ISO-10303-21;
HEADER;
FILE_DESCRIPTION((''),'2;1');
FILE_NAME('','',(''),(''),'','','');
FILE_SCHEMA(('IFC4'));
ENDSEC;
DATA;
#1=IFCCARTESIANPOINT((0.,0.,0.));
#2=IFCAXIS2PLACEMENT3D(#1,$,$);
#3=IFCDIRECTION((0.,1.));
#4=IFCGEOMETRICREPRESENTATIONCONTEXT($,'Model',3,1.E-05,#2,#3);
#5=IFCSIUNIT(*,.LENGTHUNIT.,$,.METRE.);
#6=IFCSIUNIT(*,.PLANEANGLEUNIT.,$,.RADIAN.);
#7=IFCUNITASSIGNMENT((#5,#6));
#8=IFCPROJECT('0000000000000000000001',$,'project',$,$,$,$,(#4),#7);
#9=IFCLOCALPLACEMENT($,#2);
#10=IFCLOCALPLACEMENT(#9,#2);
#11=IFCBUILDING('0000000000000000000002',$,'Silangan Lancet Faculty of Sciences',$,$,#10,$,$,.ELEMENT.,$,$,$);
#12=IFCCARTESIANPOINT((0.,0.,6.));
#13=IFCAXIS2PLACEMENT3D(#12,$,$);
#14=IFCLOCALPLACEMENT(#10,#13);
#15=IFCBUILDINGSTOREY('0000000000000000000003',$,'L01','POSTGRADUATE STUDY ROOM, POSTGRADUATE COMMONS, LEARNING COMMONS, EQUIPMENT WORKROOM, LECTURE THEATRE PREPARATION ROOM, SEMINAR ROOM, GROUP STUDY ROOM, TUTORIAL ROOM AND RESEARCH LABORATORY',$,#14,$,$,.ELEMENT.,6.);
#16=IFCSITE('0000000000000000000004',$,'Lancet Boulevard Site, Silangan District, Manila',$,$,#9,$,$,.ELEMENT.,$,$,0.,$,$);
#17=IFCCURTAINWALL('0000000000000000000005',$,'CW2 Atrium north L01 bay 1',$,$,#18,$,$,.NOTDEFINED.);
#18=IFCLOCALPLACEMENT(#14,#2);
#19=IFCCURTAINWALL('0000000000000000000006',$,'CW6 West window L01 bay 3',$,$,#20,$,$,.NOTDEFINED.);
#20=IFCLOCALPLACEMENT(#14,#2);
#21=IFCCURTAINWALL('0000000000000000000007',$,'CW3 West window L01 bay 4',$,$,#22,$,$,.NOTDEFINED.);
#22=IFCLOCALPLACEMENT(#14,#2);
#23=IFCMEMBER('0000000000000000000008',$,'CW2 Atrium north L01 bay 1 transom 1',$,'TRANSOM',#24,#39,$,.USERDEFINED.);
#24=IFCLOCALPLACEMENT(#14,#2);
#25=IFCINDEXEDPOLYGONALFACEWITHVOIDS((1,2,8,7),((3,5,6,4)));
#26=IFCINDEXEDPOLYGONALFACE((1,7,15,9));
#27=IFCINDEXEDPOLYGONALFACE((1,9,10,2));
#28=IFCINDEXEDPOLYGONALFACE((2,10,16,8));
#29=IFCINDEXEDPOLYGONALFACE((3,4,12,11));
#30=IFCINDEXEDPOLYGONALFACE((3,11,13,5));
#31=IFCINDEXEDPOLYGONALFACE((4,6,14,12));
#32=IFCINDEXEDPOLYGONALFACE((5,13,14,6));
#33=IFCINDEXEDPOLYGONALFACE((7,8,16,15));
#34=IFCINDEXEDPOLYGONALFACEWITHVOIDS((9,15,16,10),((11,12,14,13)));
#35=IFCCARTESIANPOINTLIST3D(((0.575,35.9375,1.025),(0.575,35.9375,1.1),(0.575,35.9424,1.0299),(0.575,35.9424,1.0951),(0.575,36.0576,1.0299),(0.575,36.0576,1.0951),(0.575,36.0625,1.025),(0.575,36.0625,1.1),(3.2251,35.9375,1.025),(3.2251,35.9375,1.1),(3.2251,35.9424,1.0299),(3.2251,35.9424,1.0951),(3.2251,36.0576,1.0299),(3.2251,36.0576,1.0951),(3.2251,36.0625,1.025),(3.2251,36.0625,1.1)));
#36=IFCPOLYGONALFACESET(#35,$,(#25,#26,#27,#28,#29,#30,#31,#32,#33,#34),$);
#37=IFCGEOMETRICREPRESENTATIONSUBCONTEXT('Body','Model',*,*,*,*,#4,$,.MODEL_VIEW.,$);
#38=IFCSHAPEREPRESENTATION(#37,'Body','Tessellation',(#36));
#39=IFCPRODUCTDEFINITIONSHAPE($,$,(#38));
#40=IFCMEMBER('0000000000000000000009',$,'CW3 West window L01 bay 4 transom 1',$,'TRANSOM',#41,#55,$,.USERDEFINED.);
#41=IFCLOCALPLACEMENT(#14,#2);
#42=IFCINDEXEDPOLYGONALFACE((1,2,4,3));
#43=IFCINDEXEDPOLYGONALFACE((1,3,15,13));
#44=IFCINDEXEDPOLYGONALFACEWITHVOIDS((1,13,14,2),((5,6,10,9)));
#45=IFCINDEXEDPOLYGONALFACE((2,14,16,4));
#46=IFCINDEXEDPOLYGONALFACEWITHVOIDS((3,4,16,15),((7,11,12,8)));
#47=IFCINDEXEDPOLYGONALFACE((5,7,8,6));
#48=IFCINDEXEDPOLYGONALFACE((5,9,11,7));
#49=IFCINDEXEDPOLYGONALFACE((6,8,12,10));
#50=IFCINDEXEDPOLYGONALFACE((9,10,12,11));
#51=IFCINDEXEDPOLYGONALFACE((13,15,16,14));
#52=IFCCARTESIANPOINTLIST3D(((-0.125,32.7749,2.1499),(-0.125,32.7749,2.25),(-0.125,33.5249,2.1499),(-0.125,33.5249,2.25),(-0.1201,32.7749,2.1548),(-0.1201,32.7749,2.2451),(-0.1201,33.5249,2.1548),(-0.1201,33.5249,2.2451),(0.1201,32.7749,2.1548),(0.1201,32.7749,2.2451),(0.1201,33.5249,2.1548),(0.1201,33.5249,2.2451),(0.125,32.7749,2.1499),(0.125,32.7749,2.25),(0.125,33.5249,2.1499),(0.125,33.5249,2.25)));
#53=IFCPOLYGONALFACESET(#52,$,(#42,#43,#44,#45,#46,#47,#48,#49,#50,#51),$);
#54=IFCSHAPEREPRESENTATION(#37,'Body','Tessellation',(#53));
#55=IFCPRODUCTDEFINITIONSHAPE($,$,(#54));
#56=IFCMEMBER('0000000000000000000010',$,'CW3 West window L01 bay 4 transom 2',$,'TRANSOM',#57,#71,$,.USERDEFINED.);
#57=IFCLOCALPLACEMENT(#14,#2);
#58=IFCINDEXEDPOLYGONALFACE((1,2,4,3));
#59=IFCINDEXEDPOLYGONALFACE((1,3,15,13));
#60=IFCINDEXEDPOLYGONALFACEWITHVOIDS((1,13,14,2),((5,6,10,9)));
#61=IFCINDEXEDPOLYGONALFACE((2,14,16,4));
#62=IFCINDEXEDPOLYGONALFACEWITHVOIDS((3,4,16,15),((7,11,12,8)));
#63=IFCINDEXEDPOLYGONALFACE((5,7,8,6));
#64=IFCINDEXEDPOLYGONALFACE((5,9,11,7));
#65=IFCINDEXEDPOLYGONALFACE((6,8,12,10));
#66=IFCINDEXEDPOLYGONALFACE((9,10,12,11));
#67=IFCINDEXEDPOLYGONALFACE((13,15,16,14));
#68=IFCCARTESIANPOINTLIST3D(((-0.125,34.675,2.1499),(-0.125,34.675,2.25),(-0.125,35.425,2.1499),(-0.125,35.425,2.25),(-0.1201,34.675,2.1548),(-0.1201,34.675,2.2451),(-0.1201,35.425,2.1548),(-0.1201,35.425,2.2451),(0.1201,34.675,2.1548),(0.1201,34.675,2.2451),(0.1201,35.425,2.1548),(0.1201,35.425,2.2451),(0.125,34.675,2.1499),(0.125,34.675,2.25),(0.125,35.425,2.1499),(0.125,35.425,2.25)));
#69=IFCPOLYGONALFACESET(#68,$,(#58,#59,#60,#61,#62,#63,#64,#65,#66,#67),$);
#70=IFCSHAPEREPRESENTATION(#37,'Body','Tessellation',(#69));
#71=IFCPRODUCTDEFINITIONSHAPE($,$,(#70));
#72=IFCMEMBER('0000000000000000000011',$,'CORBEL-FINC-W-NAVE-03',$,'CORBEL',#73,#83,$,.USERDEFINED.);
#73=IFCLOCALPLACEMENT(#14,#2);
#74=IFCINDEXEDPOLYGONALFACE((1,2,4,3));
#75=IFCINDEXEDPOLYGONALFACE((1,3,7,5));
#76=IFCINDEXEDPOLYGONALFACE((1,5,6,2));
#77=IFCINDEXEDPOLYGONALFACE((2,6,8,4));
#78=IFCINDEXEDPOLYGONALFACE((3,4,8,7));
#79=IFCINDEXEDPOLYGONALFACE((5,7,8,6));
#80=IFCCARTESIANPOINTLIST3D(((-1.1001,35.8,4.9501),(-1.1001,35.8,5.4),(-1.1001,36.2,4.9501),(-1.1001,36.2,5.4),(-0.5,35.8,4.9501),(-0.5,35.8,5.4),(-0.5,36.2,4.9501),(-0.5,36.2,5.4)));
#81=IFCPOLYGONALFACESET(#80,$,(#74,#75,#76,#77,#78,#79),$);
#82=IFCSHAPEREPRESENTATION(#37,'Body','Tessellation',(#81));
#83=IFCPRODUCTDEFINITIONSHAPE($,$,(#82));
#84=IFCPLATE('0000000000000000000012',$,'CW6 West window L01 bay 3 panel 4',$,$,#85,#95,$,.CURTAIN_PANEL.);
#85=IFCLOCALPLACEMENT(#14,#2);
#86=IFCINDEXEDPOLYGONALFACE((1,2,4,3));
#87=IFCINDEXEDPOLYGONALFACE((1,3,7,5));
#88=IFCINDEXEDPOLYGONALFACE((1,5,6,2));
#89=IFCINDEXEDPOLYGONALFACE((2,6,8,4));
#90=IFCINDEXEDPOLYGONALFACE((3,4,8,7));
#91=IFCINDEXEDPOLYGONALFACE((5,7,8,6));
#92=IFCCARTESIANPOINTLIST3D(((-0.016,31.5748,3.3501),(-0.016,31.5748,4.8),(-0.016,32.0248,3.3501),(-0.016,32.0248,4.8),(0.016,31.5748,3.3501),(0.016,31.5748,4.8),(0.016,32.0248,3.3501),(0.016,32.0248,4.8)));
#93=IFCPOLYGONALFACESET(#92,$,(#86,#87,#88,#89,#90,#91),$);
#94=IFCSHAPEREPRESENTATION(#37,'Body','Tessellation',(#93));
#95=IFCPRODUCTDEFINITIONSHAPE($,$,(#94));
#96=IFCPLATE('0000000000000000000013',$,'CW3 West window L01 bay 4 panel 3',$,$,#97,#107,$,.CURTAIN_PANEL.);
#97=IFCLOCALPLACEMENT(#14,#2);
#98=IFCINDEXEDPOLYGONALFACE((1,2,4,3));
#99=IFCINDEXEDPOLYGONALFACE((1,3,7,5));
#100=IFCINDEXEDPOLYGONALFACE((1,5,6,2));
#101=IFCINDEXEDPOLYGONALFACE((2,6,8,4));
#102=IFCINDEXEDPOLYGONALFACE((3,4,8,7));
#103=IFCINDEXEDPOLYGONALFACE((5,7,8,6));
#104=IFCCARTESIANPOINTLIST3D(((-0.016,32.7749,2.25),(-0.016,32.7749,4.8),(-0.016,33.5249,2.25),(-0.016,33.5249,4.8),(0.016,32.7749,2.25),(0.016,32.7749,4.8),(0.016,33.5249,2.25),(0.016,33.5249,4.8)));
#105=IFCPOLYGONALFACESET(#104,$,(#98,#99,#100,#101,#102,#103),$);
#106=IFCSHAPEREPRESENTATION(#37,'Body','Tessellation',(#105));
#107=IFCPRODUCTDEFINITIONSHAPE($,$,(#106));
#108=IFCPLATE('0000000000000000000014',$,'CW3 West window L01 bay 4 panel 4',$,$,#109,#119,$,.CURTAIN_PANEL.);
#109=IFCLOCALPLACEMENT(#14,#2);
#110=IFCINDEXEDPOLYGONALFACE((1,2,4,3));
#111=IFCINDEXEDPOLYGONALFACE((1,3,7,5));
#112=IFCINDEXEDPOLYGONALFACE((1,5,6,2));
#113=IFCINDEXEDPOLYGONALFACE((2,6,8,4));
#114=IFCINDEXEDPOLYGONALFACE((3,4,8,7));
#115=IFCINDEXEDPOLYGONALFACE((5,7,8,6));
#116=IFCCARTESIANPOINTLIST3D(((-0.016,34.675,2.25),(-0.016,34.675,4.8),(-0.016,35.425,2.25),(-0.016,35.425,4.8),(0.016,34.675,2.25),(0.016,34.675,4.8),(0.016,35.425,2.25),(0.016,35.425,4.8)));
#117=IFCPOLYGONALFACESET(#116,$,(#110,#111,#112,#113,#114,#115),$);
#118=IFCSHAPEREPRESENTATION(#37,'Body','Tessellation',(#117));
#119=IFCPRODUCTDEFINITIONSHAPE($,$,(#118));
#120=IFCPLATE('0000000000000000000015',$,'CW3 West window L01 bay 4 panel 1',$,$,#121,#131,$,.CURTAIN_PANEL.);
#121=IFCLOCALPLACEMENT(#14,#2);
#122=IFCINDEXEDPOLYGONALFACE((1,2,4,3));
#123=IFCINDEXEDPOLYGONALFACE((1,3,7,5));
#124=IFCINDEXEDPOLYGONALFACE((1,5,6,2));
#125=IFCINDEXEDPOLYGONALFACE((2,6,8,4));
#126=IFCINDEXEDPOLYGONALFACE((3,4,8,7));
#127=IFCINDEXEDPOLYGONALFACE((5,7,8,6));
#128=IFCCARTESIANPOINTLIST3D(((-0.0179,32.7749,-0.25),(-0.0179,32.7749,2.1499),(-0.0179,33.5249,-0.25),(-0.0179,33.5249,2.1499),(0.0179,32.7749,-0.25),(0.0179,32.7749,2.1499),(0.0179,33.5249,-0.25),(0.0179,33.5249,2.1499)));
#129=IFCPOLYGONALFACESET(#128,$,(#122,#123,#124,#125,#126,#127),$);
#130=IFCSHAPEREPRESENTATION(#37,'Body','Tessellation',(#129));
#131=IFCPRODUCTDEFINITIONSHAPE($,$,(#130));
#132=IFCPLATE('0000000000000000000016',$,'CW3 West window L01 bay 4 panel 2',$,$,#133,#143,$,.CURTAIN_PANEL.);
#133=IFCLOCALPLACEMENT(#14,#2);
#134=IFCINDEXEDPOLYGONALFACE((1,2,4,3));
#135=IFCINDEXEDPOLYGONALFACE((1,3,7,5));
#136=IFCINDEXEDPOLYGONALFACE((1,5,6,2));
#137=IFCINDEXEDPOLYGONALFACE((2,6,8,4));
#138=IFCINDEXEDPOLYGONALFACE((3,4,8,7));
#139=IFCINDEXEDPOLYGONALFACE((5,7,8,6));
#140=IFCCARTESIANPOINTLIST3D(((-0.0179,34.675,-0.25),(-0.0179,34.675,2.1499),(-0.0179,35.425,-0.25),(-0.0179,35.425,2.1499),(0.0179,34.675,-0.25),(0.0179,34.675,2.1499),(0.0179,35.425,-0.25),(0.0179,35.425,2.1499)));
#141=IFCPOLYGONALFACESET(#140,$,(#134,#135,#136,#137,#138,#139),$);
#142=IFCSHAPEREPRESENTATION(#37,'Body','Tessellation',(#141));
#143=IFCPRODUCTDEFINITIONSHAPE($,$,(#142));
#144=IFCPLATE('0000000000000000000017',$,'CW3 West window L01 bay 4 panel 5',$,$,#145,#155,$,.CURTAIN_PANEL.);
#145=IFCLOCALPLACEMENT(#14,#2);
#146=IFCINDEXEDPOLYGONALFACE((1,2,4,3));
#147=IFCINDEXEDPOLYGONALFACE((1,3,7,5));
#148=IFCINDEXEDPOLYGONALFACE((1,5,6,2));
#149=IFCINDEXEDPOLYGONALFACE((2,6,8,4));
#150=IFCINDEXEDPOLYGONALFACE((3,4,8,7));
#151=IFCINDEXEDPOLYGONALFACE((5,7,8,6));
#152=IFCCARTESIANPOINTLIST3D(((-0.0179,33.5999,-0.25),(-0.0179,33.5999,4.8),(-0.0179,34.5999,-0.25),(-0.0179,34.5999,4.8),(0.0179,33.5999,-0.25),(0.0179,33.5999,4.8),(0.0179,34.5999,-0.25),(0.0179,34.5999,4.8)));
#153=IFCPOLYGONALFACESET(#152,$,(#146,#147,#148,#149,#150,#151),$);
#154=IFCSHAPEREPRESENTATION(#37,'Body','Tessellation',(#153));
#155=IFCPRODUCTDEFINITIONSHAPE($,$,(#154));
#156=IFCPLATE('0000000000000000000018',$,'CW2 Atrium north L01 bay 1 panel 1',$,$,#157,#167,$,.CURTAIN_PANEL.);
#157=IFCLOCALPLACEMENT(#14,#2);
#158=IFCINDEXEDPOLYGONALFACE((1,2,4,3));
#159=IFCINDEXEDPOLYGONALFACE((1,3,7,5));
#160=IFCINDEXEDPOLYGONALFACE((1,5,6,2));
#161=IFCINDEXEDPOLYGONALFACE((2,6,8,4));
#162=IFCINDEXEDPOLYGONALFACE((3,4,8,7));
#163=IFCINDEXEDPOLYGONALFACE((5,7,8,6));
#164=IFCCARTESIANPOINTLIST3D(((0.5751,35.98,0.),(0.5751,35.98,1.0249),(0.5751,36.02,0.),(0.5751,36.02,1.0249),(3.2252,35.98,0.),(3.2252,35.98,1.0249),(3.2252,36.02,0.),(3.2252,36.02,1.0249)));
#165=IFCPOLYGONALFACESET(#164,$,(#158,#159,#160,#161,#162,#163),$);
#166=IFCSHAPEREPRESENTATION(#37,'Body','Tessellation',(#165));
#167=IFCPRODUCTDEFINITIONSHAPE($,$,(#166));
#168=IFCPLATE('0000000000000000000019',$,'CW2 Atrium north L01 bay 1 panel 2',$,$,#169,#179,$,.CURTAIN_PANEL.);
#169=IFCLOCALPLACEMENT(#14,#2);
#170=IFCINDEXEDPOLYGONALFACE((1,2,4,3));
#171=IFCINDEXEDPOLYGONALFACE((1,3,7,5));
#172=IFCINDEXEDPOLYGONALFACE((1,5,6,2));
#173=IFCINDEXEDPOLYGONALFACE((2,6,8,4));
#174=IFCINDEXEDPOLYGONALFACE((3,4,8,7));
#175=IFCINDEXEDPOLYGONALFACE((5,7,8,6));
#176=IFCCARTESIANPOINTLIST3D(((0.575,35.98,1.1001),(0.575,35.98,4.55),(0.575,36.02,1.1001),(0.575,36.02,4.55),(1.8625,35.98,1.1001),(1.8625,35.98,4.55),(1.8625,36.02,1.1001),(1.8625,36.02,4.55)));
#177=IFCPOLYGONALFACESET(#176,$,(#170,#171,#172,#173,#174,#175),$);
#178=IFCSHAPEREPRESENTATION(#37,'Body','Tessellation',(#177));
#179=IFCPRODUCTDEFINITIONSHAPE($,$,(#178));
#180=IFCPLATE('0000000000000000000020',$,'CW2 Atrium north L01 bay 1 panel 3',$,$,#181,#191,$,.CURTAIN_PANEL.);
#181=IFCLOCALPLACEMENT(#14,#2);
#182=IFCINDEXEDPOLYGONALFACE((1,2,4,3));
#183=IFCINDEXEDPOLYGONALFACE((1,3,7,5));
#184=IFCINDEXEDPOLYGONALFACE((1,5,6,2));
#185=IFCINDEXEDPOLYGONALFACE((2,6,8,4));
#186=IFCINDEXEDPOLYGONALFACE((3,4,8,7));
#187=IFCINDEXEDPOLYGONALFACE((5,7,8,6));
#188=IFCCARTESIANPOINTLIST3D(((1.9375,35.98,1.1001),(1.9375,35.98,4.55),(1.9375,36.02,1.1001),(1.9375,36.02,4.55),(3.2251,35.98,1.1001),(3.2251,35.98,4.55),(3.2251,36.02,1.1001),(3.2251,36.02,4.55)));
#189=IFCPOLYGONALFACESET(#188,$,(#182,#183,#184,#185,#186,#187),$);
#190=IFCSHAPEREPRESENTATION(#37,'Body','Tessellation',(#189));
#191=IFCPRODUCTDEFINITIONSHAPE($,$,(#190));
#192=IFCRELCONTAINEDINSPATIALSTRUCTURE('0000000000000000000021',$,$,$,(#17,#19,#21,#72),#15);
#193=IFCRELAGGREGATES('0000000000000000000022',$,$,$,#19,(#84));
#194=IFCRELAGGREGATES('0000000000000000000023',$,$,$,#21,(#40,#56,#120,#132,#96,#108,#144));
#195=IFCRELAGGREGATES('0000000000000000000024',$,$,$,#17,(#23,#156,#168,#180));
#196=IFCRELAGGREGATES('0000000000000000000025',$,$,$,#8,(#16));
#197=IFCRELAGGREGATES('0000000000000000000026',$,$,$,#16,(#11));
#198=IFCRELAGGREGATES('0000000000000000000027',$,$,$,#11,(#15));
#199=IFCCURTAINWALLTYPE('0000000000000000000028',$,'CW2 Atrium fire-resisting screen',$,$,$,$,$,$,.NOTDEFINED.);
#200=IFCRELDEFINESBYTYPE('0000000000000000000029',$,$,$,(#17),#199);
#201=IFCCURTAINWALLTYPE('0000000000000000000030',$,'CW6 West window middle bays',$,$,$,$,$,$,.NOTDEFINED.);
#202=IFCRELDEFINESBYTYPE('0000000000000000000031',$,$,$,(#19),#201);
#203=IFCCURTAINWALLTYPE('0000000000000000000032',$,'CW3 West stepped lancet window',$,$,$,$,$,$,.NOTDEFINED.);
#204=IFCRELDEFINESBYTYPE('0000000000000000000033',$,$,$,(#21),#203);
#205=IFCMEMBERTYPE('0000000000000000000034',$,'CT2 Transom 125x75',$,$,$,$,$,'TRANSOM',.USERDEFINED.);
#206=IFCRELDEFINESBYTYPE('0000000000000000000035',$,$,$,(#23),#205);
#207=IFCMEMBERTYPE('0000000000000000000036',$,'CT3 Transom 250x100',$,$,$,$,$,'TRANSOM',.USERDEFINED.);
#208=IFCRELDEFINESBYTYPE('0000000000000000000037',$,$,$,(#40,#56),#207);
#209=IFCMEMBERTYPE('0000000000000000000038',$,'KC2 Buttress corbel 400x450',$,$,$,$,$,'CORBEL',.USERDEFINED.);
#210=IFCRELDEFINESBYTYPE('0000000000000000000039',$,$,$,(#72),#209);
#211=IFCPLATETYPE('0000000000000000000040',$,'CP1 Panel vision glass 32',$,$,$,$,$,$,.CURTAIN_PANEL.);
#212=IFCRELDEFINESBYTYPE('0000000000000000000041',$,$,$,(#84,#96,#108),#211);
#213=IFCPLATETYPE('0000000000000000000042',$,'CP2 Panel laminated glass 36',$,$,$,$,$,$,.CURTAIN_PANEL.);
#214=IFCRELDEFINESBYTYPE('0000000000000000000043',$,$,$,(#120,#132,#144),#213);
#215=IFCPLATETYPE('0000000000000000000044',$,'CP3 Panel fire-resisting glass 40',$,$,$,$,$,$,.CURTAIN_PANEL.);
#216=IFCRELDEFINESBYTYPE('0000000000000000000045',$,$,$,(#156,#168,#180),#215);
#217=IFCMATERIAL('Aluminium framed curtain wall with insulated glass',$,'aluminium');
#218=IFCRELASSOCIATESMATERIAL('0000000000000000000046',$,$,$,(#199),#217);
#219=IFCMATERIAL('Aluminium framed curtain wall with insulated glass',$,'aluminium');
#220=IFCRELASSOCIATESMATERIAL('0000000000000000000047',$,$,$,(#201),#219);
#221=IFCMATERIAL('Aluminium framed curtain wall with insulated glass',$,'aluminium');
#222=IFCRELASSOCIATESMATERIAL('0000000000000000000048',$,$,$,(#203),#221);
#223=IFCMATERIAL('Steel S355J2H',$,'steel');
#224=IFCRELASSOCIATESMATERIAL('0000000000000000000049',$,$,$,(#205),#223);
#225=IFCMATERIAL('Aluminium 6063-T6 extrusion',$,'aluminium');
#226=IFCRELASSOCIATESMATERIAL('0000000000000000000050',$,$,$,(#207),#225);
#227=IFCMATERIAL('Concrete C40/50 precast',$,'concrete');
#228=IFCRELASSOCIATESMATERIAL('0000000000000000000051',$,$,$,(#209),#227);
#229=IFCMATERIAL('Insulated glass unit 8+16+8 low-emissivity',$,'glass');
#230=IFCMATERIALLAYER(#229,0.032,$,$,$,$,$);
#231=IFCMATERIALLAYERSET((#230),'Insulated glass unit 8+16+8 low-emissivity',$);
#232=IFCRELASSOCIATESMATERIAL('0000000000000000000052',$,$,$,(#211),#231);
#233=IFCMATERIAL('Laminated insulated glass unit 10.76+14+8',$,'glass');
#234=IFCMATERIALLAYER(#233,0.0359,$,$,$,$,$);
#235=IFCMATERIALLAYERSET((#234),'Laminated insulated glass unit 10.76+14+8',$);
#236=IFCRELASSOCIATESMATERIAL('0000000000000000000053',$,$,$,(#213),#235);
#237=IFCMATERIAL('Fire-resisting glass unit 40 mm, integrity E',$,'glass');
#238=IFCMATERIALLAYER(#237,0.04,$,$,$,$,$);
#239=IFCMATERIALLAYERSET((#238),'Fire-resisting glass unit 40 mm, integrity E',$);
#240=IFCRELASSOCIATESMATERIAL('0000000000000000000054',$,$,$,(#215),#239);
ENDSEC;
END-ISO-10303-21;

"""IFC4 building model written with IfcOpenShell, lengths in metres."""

from ifc_helpers import new_model, si_unit, direction, frame, origin, origin_2d, place, context, subcontext, project, spatial, rectangle, hollow_rectangle, extrude, material, layer, layer_set, material_profile, profile_set, type_object, element, aggregate, save


model = new_model("IFC4")

# Units and contexts
model_context = context("Model", 3, precision=1e-05, world=origin(), true_north=direction((0.0, 1.0)))
body_context = subcontext(model_context, "Body", "Model", "MODEL_VIEW")
ifc_project = project(units=[si_unit("LENGTHUNIT", "METRE"), si_unit("PLANEANGLEUNIT", "RADIAN")], contexts=[model_context])

# Site, building, storey
site_placement = place(None, origin())
site = spatial("IfcSite", under=ifc_project, at=site_placement, Name="Lancet Boulevard Site, Silangan District, Manila", CompositionType="ELEMENT", RefElevation=0.0)
building_placement = place(site_placement, origin())
building = spatial("IfcBuilding", under=site, at=building_placement, Name="Silangan Lancet Faculty of Sciences", CompositionType="ELEMENT")
storey_placement = place(building_placement, frame((0.0, 0.0, 6.0)))
storey = spatial("IfcBuildingStorey", under=building, at=storey_placement, Name="L01", Description="POSTGRADUATE STUDY ROOM, POSTGRADUATE COMMONS, LEARNING COMMONS, EQUIPMENT WORKROOM, LECTURE THEATRE PREPARATION ROOM, SEMINAR ROOM, GROUP STUDY ROOM, TUTORIAL ROOM AND RESEARCH LABORATORY", CompositionType="ELEMENT", Elevation=6.0)

# Curtain wall
ifc_material_1 = material(Name="Aluminium framed curtain wall with insulated glass", Category="aluminium")
curtain_wall_type_1 = type_object("IfcCurtainWallType", Name="CW2 Atrium fire-resisting screen", PredefinedType="NOTDEFINED", material=ifc_material_1)
curtain_wall_1_placement = place(storey_placement, origin())
curtain_wall_1 = element("IfcCurtainWall", 1, at=curtain_wall_1_placement, inside=storey, type_object=curtain_wall_type_1, Name="CW2 Atrium north L01 bay 1", PredefinedType="NOTDEFINED")

# Curtain wall
ifc_material_2 = material(Name="Aluminium framed curtain wall with insulated glass", Category="aluminium")
curtain_wall_type_2 = type_object("IfcCurtainWallType", Name="CW6 West window middle bays", PredefinedType="NOTDEFINED", material=ifc_material_2)
curtain_wall_2_placement = place(storey_placement, origin())
curtain_wall_2 = element("IfcCurtainWall", 2, at=curtain_wall_2_placement, inside=storey, type_object=curtain_wall_type_2, Name="CW6 West window L01 bay 3", PredefinedType="NOTDEFINED")

# Curtain wall
ifc_material_3 = material(Name="Aluminium framed curtain wall with insulated glass", Category="aluminium")
curtain_wall_type_3 = type_object("IfcCurtainWallType", Name="CW3 West stepped lancet window", PredefinedType="NOTDEFINED", material=ifc_material_3)
curtain_wall_3_placement = place(storey_placement, origin())
curtain_wall_3 = element("IfcCurtainWall", 3, at=curtain_wall_3_placement, inside=storey, type_object=curtain_wall_type_3, Name="CW3 West window L01 bay 4", PredefinedType="NOTDEFINED")

# Members
ifc_material_4 = material(Name="Steel S355J2H", Category="steel")
ifc_material_profile_1 = material_profile(ifc_material_4, hollow_rectangle(XDim=0.125, YDim=0.075, WallThickness=0.0049, at=origin_2d()), Name="ST BOX 125x75x5")
ifc_profile_set_1 = profile_set([ifc_material_profile_1], Name="Steel S355J2H")
member_type_1 = type_object("IfcMemberType", Name="CT2 Transom 125x75", ElementType="TRANSOM", PredefinedType="USERDEFINED", material=ifc_profile_set_1)
member_1_placement = place(storey_placement, frame((0.575, 36.0, 1.0625), z_axis=(1.0, 0.0, 0.0), x_axis=(0.0, 1.0, 0.0)))
member_1 = element("IfcMember", 4, at=member_1_placement, type_object=member_type_1, Name="CW2 Atrium north L01 bay 1 transom 1", ObjectType="TRANSOM", PredefinedType="USERDEFINED", context=body_context, shape_type="SweptSolid", body=[
    extrude(hollow_rectangle(XDim=0.125, YDim=0.075, WallThickness=0.0049, at=origin_2d()), origin(), (0.0, 0.0, 1.0), 2.6501),
])
ifc_material_5 = material(Name="Aluminium 6063-T6 extrusion", Category="aluminium")
ifc_material_profile_2 = material_profile(ifc_material_5, hollow_rectangle(XDim=0.25, YDim=0.1001, WallThickness=0.0049, at=origin_2d()), Name="AL BOX 250x100x5")
ifc_profile_set_2 = profile_set([ifc_material_profile_2], Name="Aluminium 6063-T6 extrusion")
member_type_2 = type_object("IfcMemberType", Name="CT3 Transom 250x100", ElementType="TRANSOM", PredefinedType="USERDEFINED", material=ifc_profile_set_2)
member_2_placement = place(storey_placement, frame((0.0, 32.7749, 2.2), z_axis=(0.0, 1.0, 0.0), x_axis=(-1.0, 0.0, 0.0)))
member_2 = element("IfcMember", 5, at=member_2_placement, type_object=member_type_2, Name="CW3 West window L01 bay 4 transom 1", ObjectType="TRANSOM", PredefinedType="USERDEFINED", context=body_context, shape_type="SweptSolid", body=[
    extrude(hollow_rectangle(XDim=0.25, YDim=0.1001, WallThickness=0.0049, at=origin_2d()), origin(), (0.0, 0.0, 1.0), 0.75),
])
member_3_placement = place(storey_placement, frame((0.0, 34.675, 2.2), z_axis=(0.0, 1.0, 0.0), x_axis=(-1.0, 0.0, 0.0)))
member_3 = element("IfcMember", 6, at=member_3_placement, type_object=member_type_2, Name="CW3 West window L01 bay 4 transom 2", ObjectType="TRANSOM", PredefinedType="USERDEFINED", context=body_context, shape_type="SweptSolid", body=[
    extrude(hollow_rectangle(XDim=0.25, YDim=0.1001, WallThickness=0.0049, at=origin_2d()), origin(), (0.0, 0.0, 1.0), 0.75),
])
ifc_material_6 = material(Name="Concrete C40/50 precast", Category="concrete")
ifc_material_profile_3 = material_profile(ifc_material_6, rectangle(XDim=0.3999, YDim=0.45, at=origin_2d()), Name="RC 400x450")
ifc_profile_set_3 = profile_set([ifc_material_profile_3], Name="Concrete C40/50 precast")
member_type_3 = type_object("IfcMemberType", Name="KC2 Buttress corbel 400x450", ElementType="CORBEL", PredefinedType="USERDEFINED", material=ifc_profile_set_3)
member_4_placement = place(storey_placement, frame((-0.5, 36.0, 5.175), z_axis=(-1.0, 0.0, 0.0), x_axis=(0.0, -1.0, 0.0)))
element("IfcMember", 7, at=member_4_placement, inside=storey, type_object=member_type_3, Name="CORBEL-FINC-W-NAVE-03", ObjectType="CORBEL", PredefinedType="USERDEFINED", context=body_context, shape_type="SweptSolid", body=[
    extrude(rectangle(XDim=0.3999, YDim=0.45, at=origin_2d()), origin(), (0.0, 0.0, 1.0), 0.6001),
])

# Plates
ifc_material_7 = material(Name="Insulated glass unit 8+16+8 low-emissivity", Category="glass")
ifc_layer_1 = layer(ifc_material_7, 0.032)
ifc_layer_set_1 = layer_set([ifc_layer_1], Name="Insulated glass unit 8+16+8 low-emissivity")
plate_type_1 = type_object("IfcPlateType", Name="CP1 Panel vision glass 32", PredefinedType="CURTAIN_PANEL", material=ifc_layer_set_1)
plate_1_placement = place(storey_placement, frame((0.0, 31.7998, 3.3501), z_axis=(0.0, 0.0, 1.0), x_axis=(0.0, 1.0, 0.0)))
plate_1 = element("IfcPlate", 8, at=plate_1_placement, type_object=plate_type_1, Name="CW6 West window L01 bay 3 panel 4", PredefinedType="CURTAIN_PANEL", context=body_context, shape_type="SweptSolid", body=[
    extrude(rectangle(XDim=0.45, YDim=0.032, at=origin_2d()), origin(), (0.0, 0.0, 1.0), 1.45),
])
aggregate(curtain_wall_2, [plate_1])
plate_2_placement = place(storey_placement, frame((0.0, 33.1499, 2.25), z_axis=(0.0, 0.0, 1.0), x_axis=(0.0, 1.0, 0.0)))
plate_2 = element("IfcPlate", 9, at=plate_2_placement, type_object=plate_type_1, Name="CW3 West window L01 bay 4 panel 3", PredefinedType="CURTAIN_PANEL", context=body_context, shape_type="SweptSolid", body=[
    extrude(rectangle(XDim=0.75, YDim=0.032, at=origin_2d()), origin(), (0.0, 0.0, 1.0), 2.55),
])
plate_3_placement = place(storey_placement, frame((0.0, 35.05, 2.25), z_axis=(0.0, 0.0, 1.0), x_axis=(0.0, 1.0, 0.0)))
plate_3 = element("IfcPlate", 10, at=plate_3_placement, type_object=plate_type_1, Name="CW3 West window L01 bay 4 panel 4", PredefinedType="CURTAIN_PANEL", context=body_context, shape_type="SweptSolid", body=[
    extrude(rectangle(XDim=0.75, YDim=0.032, at=origin_2d()), origin(), (0.0, 0.0, 1.0), 2.55),
])
ifc_material_8 = material(Name="Laminated insulated glass unit 10.76+14+8", Category="glass")
ifc_layer_2 = layer(ifc_material_8, 0.0359)
ifc_layer_set_2 = layer_set([ifc_layer_2], Name="Laminated insulated glass unit 10.76+14+8")
plate_type_2 = type_object("IfcPlateType", Name="CP2 Panel laminated glass 36", PredefinedType="CURTAIN_PANEL", material=ifc_layer_set_2)
plate_4_placement = place(storey_placement, frame((0.0, 33.1499, -0.25), z_axis=(0.0, 0.0, 1.0), x_axis=(0.0, 1.0, 0.0)))
plate_4 = element("IfcPlate", 11, at=plate_4_placement, type_object=plate_type_2, Name="CW3 West window L01 bay 4 panel 1", PredefinedType="CURTAIN_PANEL", context=body_context, shape_type="SweptSolid", body=[
    extrude(rectangle(XDim=0.75, YDim=0.0359, at=origin_2d()), origin(), (0.0, 0.0, 1.0), 2.3999),
])
plate_5_placement = place(storey_placement, frame((0.0, 35.05, -0.25), z_axis=(0.0, 0.0, 1.0), x_axis=(0.0, 1.0, 0.0)))
plate_5 = element("IfcPlate", 12, at=plate_5_placement, type_object=plate_type_2, Name="CW3 West window L01 bay 4 panel 2", PredefinedType="CURTAIN_PANEL", context=body_context, shape_type="SweptSolid", body=[
    extrude(rectangle(XDim=0.75, YDim=0.0359, at=origin_2d()), origin(), (0.0, 0.0, 1.0), 2.3999),
])
plate_6_placement = place(storey_placement, frame((0.0, 34.0999, -0.25), z_axis=(0.0, 0.0, 1.0), x_axis=(0.0, 1.0, 0.0)))
plate_6 = element("IfcPlate", 13, at=plate_6_placement, type_object=plate_type_2, Name="CW3 West window L01 bay 4 panel 5", PredefinedType="CURTAIN_PANEL", context=body_context, shape_type="SweptSolid", body=[
    extrude(rectangle(XDim=1.0, YDim=0.0359, at=origin_2d()), origin(), (0.0, 0.0, 1.0), 5.05),
])
aggregate(curtain_wall_3, [member_2, member_3, plate_4, plate_5, plate_2, plate_3, plate_6])
ifc_material_9 = material(Name="Fire-resisting glass unit 40 mm, integrity E", Category="glass")
ifc_layer_3 = layer(ifc_material_9, 0.04)
ifc_layer_set_3 = layer_set([ifc_layer_3], Name="Fire-resisting glass unit 40 mm, integrity E")
plate_type_3 = type_object("IfcPlateType", Name="CP3 Panel fire-resisting glass 40", PredefinedType="CURTAIN_PANEL", material=ifc_layer_set_3)
plate_7_placement = place(storey_placement, frame((1.9001, 36.0, 0.0), z_axis=(0.0, 0.0, 1.0), x_axis=(1.0, 0.0, 0.0)))
plate_7 = element("IfcPlate", 14, at=plate_7_placement, type_object=plate_type_3, Name="CW2 Atrium north L01 bay 1 panel 1", PredefinedType="CURTAIN_PANEL", context=body_context, shape_type="SweptSolid", body=[
    extrude(rectangle(XDim=2.6501, YDim=0.04, at=origin_2d()), origin(), (0.0, 0.0, 1.0), 1.0249),
])
plate_8_placement = place(storey_placement, frame((1.2188, 36.0, 1.1001), z_axis=(0.0, 0.0, 1.0), x_axis=(1.0, 0.0, 0.0)))
plate_8 = element("IfcPlate", 15, at=plate_8_placement, type_object=plate_type_3, Name="CW2 Atrium north L01 bay 1 panel 2", PredefinedType="CURTAIN_PANEL", context=body_context, shape_type="SweptSolid", body=[
    extrude(rectangle(XDim=1.2876, YDim=0.04, at=origin_2d()), origin(), (0.0, 0.0, 1.0), 3.45),
])
plate_9_placement = place(storey_placement, frame((2.5813, 36.0, 1.1001), z_axis=(0.0, 0.0, 1.0), x_axis=(1.0, 0.0, 0.0)))
plate_9 = element("IfcPlate", 16, at=plate_9_placement, type_object=plate_type_3, Name="CW2 Atrium north L01 bay 1 panel 3", PredefinedType="CURTAIN_PANEL", context=body_context, shape_type="SweptSolid", body=[
    extrude(rectangle(XDim=1.2876, YDim=0.04, at=origin_2d()), origin(), (0.0, 0.0, 1.0), 3.45),
])
aggregate(curtain_wall_1, [member_1, plate_7, plate_8, plate_9])

save(model, "model.ifc")
